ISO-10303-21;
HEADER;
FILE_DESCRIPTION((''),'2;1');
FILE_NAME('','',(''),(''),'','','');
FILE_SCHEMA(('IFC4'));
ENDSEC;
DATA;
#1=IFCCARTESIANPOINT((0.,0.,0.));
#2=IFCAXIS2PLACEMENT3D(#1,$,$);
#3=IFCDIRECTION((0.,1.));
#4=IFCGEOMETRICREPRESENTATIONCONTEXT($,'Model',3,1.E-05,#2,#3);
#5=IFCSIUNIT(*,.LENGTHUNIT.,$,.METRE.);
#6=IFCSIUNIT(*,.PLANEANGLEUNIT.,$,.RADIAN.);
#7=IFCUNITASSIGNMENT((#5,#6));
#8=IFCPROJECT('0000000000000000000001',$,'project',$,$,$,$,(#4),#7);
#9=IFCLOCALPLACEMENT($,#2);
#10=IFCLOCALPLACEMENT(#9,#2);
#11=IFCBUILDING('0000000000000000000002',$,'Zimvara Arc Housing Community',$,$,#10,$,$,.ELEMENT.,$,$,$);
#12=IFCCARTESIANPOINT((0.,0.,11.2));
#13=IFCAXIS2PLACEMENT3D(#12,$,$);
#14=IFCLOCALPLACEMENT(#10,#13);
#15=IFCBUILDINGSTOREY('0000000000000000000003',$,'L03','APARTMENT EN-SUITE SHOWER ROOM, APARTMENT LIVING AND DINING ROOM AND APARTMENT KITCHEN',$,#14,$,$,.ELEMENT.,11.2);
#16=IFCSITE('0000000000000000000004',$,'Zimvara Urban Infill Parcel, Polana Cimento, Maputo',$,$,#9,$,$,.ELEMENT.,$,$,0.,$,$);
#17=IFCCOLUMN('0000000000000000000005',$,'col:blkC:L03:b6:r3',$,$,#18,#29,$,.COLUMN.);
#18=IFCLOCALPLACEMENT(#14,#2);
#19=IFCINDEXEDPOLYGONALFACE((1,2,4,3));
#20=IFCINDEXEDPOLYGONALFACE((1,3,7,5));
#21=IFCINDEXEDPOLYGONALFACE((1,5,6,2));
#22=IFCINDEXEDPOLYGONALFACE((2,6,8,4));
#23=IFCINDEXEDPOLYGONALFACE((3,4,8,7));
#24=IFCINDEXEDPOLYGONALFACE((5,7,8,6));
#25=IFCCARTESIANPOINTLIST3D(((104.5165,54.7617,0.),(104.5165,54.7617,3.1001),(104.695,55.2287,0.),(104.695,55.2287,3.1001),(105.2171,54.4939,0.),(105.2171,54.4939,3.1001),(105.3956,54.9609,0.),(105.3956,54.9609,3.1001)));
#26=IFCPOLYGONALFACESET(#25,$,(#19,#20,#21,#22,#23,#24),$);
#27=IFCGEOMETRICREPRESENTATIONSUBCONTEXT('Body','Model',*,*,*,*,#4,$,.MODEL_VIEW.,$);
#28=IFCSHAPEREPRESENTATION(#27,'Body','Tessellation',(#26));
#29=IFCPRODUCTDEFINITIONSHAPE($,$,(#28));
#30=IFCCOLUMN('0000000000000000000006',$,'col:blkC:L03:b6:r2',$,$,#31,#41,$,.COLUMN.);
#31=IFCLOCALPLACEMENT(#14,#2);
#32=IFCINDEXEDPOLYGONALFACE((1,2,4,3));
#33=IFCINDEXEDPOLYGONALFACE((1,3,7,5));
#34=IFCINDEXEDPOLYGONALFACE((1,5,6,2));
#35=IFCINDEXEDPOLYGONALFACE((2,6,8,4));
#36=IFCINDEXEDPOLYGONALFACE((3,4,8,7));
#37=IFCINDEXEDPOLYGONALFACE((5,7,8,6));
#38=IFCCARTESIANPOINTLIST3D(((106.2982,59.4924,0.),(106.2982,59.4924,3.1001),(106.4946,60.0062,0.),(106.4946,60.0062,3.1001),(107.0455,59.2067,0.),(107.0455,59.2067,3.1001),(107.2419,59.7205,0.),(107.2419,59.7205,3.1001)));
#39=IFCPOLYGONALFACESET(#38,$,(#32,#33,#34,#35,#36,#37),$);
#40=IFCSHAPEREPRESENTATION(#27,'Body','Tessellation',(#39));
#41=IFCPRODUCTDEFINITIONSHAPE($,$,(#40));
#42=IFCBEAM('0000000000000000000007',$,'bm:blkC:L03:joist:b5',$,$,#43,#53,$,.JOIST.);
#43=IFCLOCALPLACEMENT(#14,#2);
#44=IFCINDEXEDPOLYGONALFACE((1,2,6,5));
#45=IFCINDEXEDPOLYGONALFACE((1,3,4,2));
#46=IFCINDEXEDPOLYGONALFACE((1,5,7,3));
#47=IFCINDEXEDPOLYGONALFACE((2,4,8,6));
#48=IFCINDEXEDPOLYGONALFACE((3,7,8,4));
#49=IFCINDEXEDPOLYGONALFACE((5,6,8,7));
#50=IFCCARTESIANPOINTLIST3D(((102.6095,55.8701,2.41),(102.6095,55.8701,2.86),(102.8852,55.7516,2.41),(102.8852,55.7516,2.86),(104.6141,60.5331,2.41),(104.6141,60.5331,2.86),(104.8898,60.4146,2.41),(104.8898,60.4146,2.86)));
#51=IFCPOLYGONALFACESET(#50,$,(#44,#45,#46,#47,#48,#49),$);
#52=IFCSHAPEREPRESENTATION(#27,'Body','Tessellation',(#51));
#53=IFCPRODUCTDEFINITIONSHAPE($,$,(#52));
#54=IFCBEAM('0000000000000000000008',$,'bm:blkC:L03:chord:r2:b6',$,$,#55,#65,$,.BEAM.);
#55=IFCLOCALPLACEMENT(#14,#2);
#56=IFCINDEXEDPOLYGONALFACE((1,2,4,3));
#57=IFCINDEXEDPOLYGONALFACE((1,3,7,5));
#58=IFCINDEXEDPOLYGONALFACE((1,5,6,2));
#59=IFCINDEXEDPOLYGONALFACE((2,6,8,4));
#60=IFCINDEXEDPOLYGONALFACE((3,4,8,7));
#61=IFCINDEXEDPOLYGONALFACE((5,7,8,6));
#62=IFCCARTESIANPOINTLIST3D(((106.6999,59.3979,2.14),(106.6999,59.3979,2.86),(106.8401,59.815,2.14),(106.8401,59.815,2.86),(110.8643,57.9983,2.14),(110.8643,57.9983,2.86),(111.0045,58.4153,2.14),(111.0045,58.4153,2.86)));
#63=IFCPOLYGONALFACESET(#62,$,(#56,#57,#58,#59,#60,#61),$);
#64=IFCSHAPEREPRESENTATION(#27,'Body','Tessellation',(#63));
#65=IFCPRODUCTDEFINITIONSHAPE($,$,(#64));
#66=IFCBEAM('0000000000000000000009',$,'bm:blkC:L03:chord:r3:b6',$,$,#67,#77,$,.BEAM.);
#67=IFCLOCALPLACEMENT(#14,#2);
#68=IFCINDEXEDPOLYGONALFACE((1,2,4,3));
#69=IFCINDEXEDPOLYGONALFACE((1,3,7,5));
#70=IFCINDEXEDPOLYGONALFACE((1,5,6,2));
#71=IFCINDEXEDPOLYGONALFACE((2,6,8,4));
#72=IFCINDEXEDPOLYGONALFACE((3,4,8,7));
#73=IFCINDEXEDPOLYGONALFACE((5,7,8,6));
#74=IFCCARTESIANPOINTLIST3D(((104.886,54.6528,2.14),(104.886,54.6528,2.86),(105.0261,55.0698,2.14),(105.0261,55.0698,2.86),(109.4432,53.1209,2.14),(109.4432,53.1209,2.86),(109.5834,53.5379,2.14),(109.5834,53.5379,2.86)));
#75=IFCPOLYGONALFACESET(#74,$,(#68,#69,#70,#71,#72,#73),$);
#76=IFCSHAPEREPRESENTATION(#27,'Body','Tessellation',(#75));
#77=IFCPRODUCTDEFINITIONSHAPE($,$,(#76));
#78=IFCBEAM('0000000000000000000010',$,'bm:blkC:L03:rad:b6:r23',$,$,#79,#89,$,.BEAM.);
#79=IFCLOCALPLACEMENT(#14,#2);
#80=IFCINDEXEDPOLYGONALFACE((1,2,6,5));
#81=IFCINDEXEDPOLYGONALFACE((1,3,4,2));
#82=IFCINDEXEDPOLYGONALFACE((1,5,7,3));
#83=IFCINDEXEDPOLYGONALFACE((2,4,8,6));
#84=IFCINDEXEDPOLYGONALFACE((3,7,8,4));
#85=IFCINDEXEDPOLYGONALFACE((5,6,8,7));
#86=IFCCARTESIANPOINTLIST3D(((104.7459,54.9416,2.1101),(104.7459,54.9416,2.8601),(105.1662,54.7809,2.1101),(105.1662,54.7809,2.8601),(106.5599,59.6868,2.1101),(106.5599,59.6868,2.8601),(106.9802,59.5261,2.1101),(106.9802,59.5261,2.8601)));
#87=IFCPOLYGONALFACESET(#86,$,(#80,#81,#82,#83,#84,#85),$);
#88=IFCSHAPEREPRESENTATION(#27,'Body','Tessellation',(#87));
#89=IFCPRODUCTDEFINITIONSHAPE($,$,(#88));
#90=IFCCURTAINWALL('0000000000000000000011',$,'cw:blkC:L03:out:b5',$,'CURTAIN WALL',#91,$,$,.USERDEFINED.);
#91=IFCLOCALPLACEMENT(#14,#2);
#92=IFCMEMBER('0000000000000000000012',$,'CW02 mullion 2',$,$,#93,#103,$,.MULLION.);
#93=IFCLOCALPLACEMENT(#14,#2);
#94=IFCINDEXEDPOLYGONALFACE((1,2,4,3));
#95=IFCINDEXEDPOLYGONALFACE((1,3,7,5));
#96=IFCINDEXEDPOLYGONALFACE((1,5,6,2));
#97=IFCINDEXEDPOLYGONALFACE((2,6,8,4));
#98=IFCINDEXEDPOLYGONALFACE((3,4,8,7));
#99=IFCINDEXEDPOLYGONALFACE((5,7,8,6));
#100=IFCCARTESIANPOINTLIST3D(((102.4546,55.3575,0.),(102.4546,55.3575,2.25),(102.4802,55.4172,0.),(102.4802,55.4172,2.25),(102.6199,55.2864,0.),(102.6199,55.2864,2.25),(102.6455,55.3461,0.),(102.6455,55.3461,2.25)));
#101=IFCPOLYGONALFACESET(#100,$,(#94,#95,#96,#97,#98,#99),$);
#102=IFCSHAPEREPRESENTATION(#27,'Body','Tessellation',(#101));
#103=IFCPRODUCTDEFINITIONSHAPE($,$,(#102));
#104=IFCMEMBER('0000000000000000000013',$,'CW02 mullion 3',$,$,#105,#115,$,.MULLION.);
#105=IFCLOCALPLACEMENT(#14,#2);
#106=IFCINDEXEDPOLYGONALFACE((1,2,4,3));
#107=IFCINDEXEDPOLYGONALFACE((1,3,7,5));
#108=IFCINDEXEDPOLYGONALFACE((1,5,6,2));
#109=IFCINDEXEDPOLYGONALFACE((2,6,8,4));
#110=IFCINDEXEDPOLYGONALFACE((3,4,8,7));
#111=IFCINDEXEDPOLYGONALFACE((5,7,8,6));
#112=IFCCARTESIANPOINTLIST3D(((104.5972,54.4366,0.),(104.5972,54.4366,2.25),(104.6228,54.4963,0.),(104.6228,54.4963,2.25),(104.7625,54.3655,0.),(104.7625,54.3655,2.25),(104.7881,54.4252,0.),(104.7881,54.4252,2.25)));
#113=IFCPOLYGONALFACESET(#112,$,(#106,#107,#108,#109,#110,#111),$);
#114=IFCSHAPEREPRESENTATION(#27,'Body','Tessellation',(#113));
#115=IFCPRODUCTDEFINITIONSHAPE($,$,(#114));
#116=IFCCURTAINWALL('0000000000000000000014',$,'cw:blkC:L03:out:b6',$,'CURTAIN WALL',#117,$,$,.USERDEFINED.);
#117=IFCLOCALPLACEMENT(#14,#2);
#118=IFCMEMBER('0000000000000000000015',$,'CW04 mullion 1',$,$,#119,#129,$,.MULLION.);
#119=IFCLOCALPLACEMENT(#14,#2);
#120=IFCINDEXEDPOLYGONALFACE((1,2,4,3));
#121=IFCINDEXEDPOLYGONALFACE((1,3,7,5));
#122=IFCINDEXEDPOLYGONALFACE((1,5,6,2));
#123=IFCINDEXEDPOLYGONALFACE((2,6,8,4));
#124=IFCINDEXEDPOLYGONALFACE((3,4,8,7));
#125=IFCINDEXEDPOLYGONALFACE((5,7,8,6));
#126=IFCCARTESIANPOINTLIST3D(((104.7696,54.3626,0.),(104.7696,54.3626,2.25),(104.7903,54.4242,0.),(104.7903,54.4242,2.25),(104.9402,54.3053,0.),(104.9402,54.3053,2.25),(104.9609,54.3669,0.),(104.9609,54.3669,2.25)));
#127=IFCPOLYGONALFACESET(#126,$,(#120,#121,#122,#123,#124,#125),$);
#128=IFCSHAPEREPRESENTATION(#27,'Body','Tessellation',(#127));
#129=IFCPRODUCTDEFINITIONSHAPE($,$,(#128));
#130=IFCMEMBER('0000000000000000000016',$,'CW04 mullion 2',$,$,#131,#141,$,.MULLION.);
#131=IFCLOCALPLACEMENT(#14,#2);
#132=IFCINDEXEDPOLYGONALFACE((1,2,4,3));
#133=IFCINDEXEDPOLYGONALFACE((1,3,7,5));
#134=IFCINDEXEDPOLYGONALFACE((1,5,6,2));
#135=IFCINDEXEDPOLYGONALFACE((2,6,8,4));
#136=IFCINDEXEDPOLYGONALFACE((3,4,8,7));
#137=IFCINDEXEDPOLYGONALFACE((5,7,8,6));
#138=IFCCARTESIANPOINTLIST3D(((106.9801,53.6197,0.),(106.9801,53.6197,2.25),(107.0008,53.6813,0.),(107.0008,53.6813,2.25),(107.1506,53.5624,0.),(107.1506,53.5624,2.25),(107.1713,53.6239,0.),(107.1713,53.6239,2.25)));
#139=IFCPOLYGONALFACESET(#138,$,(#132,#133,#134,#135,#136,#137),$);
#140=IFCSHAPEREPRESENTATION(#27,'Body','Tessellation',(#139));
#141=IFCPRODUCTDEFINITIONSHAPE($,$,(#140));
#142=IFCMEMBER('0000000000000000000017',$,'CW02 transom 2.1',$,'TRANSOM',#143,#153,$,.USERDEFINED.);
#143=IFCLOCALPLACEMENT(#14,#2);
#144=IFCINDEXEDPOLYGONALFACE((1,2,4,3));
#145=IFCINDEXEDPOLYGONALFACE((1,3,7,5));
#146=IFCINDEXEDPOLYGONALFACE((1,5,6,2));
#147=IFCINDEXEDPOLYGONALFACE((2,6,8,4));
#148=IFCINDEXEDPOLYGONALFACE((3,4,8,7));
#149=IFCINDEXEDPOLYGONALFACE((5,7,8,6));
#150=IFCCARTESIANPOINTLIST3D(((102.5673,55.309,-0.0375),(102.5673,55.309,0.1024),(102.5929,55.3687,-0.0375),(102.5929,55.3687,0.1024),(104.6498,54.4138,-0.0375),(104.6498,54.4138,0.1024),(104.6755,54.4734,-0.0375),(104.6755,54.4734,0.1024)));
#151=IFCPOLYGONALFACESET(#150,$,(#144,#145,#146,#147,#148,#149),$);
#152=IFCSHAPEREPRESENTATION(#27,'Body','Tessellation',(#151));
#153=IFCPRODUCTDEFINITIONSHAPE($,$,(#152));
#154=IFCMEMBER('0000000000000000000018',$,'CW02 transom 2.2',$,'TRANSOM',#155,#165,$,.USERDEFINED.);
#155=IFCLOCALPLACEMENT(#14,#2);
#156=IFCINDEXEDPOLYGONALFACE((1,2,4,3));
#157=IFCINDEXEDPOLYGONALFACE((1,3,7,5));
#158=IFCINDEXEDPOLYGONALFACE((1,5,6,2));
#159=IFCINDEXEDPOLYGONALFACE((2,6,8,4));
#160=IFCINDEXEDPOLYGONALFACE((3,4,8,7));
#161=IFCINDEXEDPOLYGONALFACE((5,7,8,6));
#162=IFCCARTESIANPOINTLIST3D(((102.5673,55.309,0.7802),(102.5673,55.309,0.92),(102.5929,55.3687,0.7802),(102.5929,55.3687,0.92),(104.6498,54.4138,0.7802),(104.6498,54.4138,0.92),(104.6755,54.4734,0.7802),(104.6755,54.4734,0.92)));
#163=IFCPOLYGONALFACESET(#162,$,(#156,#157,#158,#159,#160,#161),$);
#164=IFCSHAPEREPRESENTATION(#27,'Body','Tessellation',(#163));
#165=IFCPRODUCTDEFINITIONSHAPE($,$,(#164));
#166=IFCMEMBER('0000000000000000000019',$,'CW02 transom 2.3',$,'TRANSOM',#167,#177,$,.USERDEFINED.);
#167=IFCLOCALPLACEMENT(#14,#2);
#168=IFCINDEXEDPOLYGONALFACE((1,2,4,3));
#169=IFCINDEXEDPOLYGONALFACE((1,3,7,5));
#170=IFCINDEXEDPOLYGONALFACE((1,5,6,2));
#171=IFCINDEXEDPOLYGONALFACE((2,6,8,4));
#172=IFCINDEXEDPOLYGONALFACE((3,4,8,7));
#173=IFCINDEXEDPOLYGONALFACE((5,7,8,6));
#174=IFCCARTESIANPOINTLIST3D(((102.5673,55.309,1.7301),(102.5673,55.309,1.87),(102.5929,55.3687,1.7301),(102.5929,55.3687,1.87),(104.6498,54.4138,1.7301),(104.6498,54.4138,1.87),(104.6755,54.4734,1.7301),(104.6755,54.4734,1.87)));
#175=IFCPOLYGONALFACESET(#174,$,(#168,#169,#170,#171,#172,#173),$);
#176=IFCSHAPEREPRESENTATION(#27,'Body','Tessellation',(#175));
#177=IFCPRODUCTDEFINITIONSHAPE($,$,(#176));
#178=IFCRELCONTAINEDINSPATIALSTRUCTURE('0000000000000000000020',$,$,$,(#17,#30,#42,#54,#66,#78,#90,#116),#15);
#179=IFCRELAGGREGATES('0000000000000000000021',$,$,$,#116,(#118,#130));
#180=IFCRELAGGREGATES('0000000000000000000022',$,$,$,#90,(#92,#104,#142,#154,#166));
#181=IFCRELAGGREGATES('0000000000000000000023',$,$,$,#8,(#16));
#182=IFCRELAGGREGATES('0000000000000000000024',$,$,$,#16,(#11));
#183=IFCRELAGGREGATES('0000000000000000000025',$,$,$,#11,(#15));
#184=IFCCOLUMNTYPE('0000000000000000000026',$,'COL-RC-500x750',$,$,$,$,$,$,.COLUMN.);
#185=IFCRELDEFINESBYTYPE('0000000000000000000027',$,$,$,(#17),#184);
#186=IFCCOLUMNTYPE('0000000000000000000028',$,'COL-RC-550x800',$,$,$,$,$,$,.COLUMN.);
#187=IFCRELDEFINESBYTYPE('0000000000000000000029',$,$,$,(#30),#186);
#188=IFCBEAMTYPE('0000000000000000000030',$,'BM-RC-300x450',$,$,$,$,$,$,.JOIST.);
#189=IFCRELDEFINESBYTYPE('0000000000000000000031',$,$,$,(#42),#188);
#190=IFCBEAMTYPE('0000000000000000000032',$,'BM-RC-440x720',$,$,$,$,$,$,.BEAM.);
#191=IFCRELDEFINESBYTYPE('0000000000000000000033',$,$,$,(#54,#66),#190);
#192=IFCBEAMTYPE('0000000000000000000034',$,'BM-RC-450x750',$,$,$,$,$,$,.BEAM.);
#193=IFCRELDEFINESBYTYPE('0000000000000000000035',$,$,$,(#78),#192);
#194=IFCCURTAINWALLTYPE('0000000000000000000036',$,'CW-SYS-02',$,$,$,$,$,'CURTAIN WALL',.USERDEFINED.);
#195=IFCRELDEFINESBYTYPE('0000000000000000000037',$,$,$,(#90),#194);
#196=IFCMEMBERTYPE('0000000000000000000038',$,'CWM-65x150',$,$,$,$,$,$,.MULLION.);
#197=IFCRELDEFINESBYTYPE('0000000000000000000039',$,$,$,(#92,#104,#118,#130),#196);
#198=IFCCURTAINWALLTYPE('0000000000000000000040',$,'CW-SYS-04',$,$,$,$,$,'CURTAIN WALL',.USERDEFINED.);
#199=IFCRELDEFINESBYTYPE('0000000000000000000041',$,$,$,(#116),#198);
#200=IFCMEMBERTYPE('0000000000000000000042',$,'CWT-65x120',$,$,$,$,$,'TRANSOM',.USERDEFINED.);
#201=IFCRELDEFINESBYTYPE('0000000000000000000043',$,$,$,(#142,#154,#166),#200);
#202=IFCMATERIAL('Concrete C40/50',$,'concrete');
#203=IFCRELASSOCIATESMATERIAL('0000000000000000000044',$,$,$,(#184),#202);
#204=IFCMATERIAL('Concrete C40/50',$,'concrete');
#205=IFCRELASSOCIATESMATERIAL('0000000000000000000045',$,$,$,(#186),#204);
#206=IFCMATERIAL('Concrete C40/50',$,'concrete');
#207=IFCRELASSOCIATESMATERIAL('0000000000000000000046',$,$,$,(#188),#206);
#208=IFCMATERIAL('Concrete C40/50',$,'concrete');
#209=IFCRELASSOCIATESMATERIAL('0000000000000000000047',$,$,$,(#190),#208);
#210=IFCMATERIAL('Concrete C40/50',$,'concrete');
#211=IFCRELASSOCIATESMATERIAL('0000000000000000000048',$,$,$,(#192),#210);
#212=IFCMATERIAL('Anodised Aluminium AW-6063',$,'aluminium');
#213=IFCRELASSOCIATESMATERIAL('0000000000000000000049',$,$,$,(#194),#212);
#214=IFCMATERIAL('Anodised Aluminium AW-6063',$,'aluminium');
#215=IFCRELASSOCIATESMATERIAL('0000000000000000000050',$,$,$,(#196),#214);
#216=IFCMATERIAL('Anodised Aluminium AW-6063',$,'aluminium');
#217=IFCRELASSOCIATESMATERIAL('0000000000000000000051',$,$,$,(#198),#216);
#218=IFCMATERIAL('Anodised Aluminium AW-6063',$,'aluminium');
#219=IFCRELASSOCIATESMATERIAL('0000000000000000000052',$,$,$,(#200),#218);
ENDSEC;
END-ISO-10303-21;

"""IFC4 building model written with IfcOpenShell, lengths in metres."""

from ifc_helpers import new_model, si_unit, direction, frame, origin, origin_2d, place, context, subcontext, project, spatial, rectangle, extrude, material, material_profile, profile_set, type_object, element, aggregate, save


model = new_model("IFC4")

# Units and contexts
model_context = context("Model", 3, precision=1e-05, world=origin(), true_north=direction((0.0, 1.0)))
body_context = subcontext(model_context, "Body", "Model", "MODEL_VIEW")
ifc_project = project(units=[si_unit("LENGTHUNIT", "METRE"), si_unit("PLANEANGLEUNIT", "RADIAN")], contexts=[model_context])

# Site, building, storey
site_placement = place(None, origin())
site = spatial("IfcSite", under=ifc_project, at=site_placement, Name="Zimvara Urban Infill Parcel, Polana Cimento, Maputo", CompositionType="ELEMENT", RefElevation=0.0)
building_placement = place(site_placement, origin())
building = spatial("IfcBuilding", under=site, at=building_placement, Name="Zimvara Arc Housing Community", CompositionType="ELEMENT")
storey_placement = place(building_placement, frame((0.0, 0.0, 11.2)))
storey = spatial("IfcBuildingStorey", under=building, at=storey_placement, Name="L03", Description="APARTMENT EN-SUITE SHOWER ROOM, APARTMENT LIVING AND DINING ROOM AND APARTMENT KITCHEN", CompositionType="ELEMENT", Elevation=11.2)

# Columns
ifc_material_1 = material(Name="Concrete C40/50", Category="concrete")
ifc_material_profile_1 = material_profile(ifc_material_1, rectangle(XDim=0.5, YDim=0.75, at=origin_2d()), Name="RC 500x750")
ifc_profile_set_1 = profile_set([ifc_material_profile_1], Name="Concrete C40/50")
column_type_1 = type_object("IfcColumnType", Name="COL-RC-500x750", PredefinedType="COLUMN", material=ifc_profile_set_1)
column_1_placement = place(storey_placement, frame((104.9561, 54.8613, 0.0), z_axis=(0.0, 0.0, 1.0), x_axis=(-0.357064, -0.93408, 0.0)))
element("IfcColumn", 1, at=column_1_placement, inside=storey, type_object=column_type_1, Name="col:blkC:L03:b6:r3", PredefinedType="COLUMN", context=body_context, shape_type="SweptSolid", body=[
    extrude(rectangle(XDim=0.5, YDim=0.75, at=origin_2d()), origin(), (0.0, 0.0, 1.0), 3.1001),
])
ifc_material_2 = material(Name="Concrete C40/50", Category="concrete")
ifc_material_profile_2 = material_profile(ifc_material_2, rectangle(XDim=0.55, YDim=0.8, at=origin_2d()), Name="RC 550x800")
ifc_profile_set_2 = profile_set([ifc_material_profile_2], Name="Concrete C40/50")
column_type_2 = type_object("IfcColumnType", Name="COL-RC-550x800", PredefinedType="COLUMN", material=ifc_profile_set_2)
column_2_placement = place(storey_placement, frame((106.77, 59.6064, 0.0), z_axis=(0.0, 0.0, 1.0), x_axis=(-0.357064, -0.93408, 0.0)))
element("IfcColumn", 2, at=column_2_placement, inside=storey, type_object=column_type_2, Name="col:blkC:L03:b6:r2", PredefinedType="COLUMN", context=body_context, shape_type="SweptSolid", body=[
    extrude(rectangle(XDim=0.55, YDim=0.8, at=origin_2d()), origin(), (0.0, 0.0, 1.0), 3.1001),
])

# Beams
ifc_material_3 = material(Name="Concrete C40/50", Category="concrete")
ifc_material_profile_3 = material_profile(ifc_material_3, rectangle(XDim=0.3, YDim=0.45, at=origin_2d()), Name="RC 300x450")
ifc_profile_set_3 = profile_set([ifc_material_profile_3], Name="Concrete C40/50")
beam_type_1 = type_object("IfcBeamType", Name="BM-RC-300x450", PredefinedType="JOIST", material=ifc_profile_set_3)
beam_1_placement = place(storey_placement, frame((104.752, 60.4739, 2.635), z_axis=(-0.394947, -0.918704, 0.0), x_axis=(0.918704, -0.394947, 0.0)))
element("IfcBeam", 3, at=beam_1_placement, inside=storey, type_object=beam_type_1, Name="bm:blkC:L03:joist:b5", PredefinedType="JOIST", context=body_context, shape_type="SweptSolid", body=[
    extrude(rectangle(XDim=0.3, YDim=0.45, at=origin_2d()), origin(), (0.0, 0.0, 1.0), 5.0757),
])
ifc_material_4 = material(Name="Concrete C40/50", Category="concrete")
ifc_material_profile_4 = material_profile(ifc_material_4, rectangle(XDim=0.4399, YDim=0.72, at=origin_2d()), Name="RC 440x720")
ifc_profile_set_4 = profile_set([ifc_material_profile_4], Name="Concrete C40/50")
beam_type_2 = type_object("IfcBeamType", Name="BM-RC-440x720", PredefinedType="BEAM", material=ifc_profile_set_4)
beam_2_placement = place(storey_placement, frame((106.77, 59.6064, 2.5), z_axis=(0.947891, -0.318594, 0.0), x_axis=(0.318594, 0.947891, 0.0)))
element("IfcBeam", 4, at=beam_2_placement, inside=storey, type_object=beam_type_2, Name="bm:blkC:L03:chord:r2:b6", PredefinedType="BEAM", context=body_context, shape_type="SweptSolid", body=[
    extrude(rectangle(XDim=0.4399, YDim=0.72, at=origin_2d()), origin(), (0.0, 0.0, 1.0), 4.3933),
])
beam_3_placement = place(storey_placement, frame((104.9561, 54.8613, 2.5), z_axis=(0.947878, -0.318634, 0.0), x_axis=(0.318634, 0.947878, 0.0)))
element("IfcBeam", 5, at=beam_3_placement, inside=storey, type_object=beam_type_2, Name="bm:blkC:L03:chord:r3:b6", PredefinedType="BEAM", context=body_context, shape_type="SweptSolid", body=[
    extrude(rectangle(XDim=0.4399, YDim=0.72, at=origin_2d()), origin(), (0.0, 0.0, 1.0), 4.8079),
])
ifc_material_5 = material(Name="Concrete C40/50", Category="concrete")
ifc_material_profile_5 = material_profile(ifc_material_5, rectangle(XDim=0.45, YDim=0.75, at=origin_2d()), Name="RC 450x750")
ifc_profile_set_5 = profile_set([ifc_material_profile_5], Name="Concrete C40/50")
beam_type_3 = type_object("IfcBeamType", Name="BM-RC-450x750", PredefinedType="BEAM", material=ifc_profile_set_5)
beam_4_placement = place(storey_placement, frame((106.77, 59.6064, 2.4851), z_axis=(-0.357078, -0.934074, 0.0), x_axis=(0.934074, -0.357078, 0.0)))
element("IfcBeam", 6, at=beam_4_placement, inside=storey, type_object=beam_type_3, Name="bm:blkC:L03:rad:b6:r23", PredefinedType="BEAM", context=body_context, shape_type="SweptSolid", body=[
    extrude(rectangle(XDim=0.45, YDim=0.75, at=origin_2d()), origin(), (0.0, 0.0, 1.0), 5.0801),
])

# Curtain walls, members
ifc_material_6 = material(Name="Anodised Aluminium AW-6063", Category="aluminium")
curtain_wall_type_1 = type_object("IfcCurtainWallType", Name="CW-SYS-02", ElementType="CURTAIN WALL", PredefinedType="USERDEFINED", material=ifc_material_6)
curtain_wall_1_placement = place(storey_placement, origin())
curtain_wall_1 = element("IfcCurtainWall", 7, at=curtain_wall_1_placement, inside=storey, type_object=curtain_wall_type_1, Name="cw:blkC:L03:out:b5", ObjectType="CURTAIN WALL", PredefinedType="USERDEFINED")
ifc_material_7 = material(Name="Anodised Aluminium AW-6063", Category="aluminium")
ifc_material_profile_6 = material_profile(ifc_material_7, rectangle(XDim=0.0649, YDim=0.1799, at=origin_2d()), Name="ALU 65x180")
ifc_profile_set_6 = profile_set([ifc_material_profile_6], Name="Anodised Aluminium AW-6063")
member_type_1 = type_object("IfcMemberType", Name="CWM-65x150", PredefinedType="MULLION", material=ifc_profile_set_6)
member_1_placement = place(storey_placement, frame((102.55, 55.3518, 0.0), z_axis=(0.0, 0.0, 1.0), x_axis=(0.394904, 0.918722, 0.0)))
member_1 = element("IfcMember", 8, at=member_1_placement, type_object=member_type_1, Name="CW02 mullion 2", PredefinedType="MULLION", context=body_context, shape_type="SweptSolid", body=[
    extrude(rectangle(XDim=0.0649, YDim=0.1799, at=origin_2d()), origin(), (0.0, 0.0, 1.0), 2.25),
])
member_2_placement = place(storey_placement, frame((104.6926, 54.4309, 0.0), z_axis=(0.0, 0.0, 1.0), x_axis=(0.394904, 0.918722, 0.0)))
member_2 = element("IfcMember", 9, at=member_2_placement, type_object=member_type_1, Name="CW02 mullion 3", PredefinedType="MULLION", context=body_context, shape_type="SweptSolid", body=[
    extrude(rectangle(XDim=0.0649, YDim=0.1799, at=origin_2d()), origin(), (0.0, 0.0, 1.0), 2.25),
])
ifc_material_8 = material(Name="Anodised Aluminium AW-6063", Category="aluminium")
curtain_wall_type_2 = type_object("IfcCurtainWallType", Name="CW-SYS-04", ElementType="CURTAIN WALL", PredefinedType="USERDEFINED", material=ifc_material_8)
curtain_wall_2_placement = place(storey_placement, origin())
curtain_wall_2 = element("IfcCurtainWall", 10, at=curtain_wall_2_placement, inside=storey, type_object=curtain_wall_type_2, Name="cw:blkC:L03:out:b6", ObjectType="CURTAIN WALL", PredefinedType="USERDEFINED")
member_3_placement = place(storey_placement, frame((104.8652, 54.3647, 0.0), z_axis=(0.0, 0.0, 1.0), x_axis=(0.318629, 0.94788, 0.0)))
member_3 = element("IfcMember", 11, at=member_3_placement, type_object=member_type_1, Name="CW04 mullion 1", PredefinedType="MULLION", context=body_context, shape_type="SweptSolid", body=[
    extrude(rectangle(XDim=0.0649, YDim=0.1799, at=origin_2d()), origin(), (0.0, 0.0, 1.0), 2.25),
])
member_4_placement = place(storey_placement, frame((107.0757, 53.6218, 0.0), z_axis=(0.0, 0.0, 1.0), x_axis=(0.318629, 0.94788, 0.0)))
member_4 = element("IfcMember", 12, at=member_4_placement, type_object=member_type_1, Name="CW04 mullion 2", PredefinedType="MULLION", context=body_context, shape_type="SweptSolid", body=[
    extrude(rectangle(XDim=0.0649, YDim=0.1799, at=origin_2d()), origin(), (0.0, 0.0, 1.0), 2.25),
])

# Members
ifc_material_9 = material(Name="Anodised Aluminium AW-6063", Category="aluminium")
ifc_material_profile_7 = material_profile(ifc_material_9, rectangle(XDim=0.0649, YDim=0.1399, at=origin_2d()), Name="ALU 65x140")
ifc_profile_set_7 = profile_set([ifc_material_profile_7], Name="Anodised Aluminium AW-6063")
member_type_2 = type_object("IfcMemberType", Name="CWT-65x120", ElementType="TRANSOM", PredefinedType="USERDEFINED", material=ifc_profile_set_7)
member_5_placement = place(storey_placement, frame((102.5801, 55.3389, 0.0325), z_axis=(0.918704, -0.394946, 0.0), x_axis=(0.394946, 0.918704, 0.0)))
member_5 = element("IfcMember", 13, at=member_5_placement, type_object=member_type_2, Name="CW02 transom 2.1", ObjectType="TRANSOM", PredefinedType="USERDEFINED", context=body_context, shape_type="SweptSolid", body=[
    extrude(rectangle(XDim=0.0649, YDim=0.1399, at=origin_2d()), origin(), (0.0, 0.0, 1.0), 2.2668),
])
member_6_placement = place(storey_placement, frame((102.5801, 55.3389, 0.8501), z_axis=(0.918704, -0.394946, 0.0), x_axis=(0.394946, 0.918704, 0.0)))
member_6 = element("IfcMember", 14, at=member_6_placement, type_object=member_type_2, Name="CW02 transom 2.2", ObjectType="TRANSOM", PredefinedType="USERDEFINED", context=body_context, shape_type="SweptSolid", body=[
    extrude(rectangle(XDim=0.0649, YDim=0.1399, at=origin_2d()), origin(), (0.0, 0.0, 1.0), 2.2668),
])
member_7_placement = place(storey_placement, frame((102.5801, 55.3389, 1.8), z_axis=(0.918704, -0.394946, 0.0), x_axis=(0.394946, 0.918704, 0.0)))
member_7 = element("IfcMember", 15, at=member_7_placement, type_object=member_type_2, Name="CW02 transom 2.3", ObjectType="TRANSOM", PredefinedType="USERDEFINED", context=body_context, shape_type="SweptSolid", body=[
    extrude(rectangle(XDim=0.0649, YDim=0.1399, at=origin_2d()), origin(), (0.0, 0.0, 1.0), 2.2668),
])

aggregate(curtain_wall_2, [member_3, member_4])
aggregate(curtain_wall_1, [member_1, member_2, member_5, member_6, member_7])

save(model, "model.ifc")
